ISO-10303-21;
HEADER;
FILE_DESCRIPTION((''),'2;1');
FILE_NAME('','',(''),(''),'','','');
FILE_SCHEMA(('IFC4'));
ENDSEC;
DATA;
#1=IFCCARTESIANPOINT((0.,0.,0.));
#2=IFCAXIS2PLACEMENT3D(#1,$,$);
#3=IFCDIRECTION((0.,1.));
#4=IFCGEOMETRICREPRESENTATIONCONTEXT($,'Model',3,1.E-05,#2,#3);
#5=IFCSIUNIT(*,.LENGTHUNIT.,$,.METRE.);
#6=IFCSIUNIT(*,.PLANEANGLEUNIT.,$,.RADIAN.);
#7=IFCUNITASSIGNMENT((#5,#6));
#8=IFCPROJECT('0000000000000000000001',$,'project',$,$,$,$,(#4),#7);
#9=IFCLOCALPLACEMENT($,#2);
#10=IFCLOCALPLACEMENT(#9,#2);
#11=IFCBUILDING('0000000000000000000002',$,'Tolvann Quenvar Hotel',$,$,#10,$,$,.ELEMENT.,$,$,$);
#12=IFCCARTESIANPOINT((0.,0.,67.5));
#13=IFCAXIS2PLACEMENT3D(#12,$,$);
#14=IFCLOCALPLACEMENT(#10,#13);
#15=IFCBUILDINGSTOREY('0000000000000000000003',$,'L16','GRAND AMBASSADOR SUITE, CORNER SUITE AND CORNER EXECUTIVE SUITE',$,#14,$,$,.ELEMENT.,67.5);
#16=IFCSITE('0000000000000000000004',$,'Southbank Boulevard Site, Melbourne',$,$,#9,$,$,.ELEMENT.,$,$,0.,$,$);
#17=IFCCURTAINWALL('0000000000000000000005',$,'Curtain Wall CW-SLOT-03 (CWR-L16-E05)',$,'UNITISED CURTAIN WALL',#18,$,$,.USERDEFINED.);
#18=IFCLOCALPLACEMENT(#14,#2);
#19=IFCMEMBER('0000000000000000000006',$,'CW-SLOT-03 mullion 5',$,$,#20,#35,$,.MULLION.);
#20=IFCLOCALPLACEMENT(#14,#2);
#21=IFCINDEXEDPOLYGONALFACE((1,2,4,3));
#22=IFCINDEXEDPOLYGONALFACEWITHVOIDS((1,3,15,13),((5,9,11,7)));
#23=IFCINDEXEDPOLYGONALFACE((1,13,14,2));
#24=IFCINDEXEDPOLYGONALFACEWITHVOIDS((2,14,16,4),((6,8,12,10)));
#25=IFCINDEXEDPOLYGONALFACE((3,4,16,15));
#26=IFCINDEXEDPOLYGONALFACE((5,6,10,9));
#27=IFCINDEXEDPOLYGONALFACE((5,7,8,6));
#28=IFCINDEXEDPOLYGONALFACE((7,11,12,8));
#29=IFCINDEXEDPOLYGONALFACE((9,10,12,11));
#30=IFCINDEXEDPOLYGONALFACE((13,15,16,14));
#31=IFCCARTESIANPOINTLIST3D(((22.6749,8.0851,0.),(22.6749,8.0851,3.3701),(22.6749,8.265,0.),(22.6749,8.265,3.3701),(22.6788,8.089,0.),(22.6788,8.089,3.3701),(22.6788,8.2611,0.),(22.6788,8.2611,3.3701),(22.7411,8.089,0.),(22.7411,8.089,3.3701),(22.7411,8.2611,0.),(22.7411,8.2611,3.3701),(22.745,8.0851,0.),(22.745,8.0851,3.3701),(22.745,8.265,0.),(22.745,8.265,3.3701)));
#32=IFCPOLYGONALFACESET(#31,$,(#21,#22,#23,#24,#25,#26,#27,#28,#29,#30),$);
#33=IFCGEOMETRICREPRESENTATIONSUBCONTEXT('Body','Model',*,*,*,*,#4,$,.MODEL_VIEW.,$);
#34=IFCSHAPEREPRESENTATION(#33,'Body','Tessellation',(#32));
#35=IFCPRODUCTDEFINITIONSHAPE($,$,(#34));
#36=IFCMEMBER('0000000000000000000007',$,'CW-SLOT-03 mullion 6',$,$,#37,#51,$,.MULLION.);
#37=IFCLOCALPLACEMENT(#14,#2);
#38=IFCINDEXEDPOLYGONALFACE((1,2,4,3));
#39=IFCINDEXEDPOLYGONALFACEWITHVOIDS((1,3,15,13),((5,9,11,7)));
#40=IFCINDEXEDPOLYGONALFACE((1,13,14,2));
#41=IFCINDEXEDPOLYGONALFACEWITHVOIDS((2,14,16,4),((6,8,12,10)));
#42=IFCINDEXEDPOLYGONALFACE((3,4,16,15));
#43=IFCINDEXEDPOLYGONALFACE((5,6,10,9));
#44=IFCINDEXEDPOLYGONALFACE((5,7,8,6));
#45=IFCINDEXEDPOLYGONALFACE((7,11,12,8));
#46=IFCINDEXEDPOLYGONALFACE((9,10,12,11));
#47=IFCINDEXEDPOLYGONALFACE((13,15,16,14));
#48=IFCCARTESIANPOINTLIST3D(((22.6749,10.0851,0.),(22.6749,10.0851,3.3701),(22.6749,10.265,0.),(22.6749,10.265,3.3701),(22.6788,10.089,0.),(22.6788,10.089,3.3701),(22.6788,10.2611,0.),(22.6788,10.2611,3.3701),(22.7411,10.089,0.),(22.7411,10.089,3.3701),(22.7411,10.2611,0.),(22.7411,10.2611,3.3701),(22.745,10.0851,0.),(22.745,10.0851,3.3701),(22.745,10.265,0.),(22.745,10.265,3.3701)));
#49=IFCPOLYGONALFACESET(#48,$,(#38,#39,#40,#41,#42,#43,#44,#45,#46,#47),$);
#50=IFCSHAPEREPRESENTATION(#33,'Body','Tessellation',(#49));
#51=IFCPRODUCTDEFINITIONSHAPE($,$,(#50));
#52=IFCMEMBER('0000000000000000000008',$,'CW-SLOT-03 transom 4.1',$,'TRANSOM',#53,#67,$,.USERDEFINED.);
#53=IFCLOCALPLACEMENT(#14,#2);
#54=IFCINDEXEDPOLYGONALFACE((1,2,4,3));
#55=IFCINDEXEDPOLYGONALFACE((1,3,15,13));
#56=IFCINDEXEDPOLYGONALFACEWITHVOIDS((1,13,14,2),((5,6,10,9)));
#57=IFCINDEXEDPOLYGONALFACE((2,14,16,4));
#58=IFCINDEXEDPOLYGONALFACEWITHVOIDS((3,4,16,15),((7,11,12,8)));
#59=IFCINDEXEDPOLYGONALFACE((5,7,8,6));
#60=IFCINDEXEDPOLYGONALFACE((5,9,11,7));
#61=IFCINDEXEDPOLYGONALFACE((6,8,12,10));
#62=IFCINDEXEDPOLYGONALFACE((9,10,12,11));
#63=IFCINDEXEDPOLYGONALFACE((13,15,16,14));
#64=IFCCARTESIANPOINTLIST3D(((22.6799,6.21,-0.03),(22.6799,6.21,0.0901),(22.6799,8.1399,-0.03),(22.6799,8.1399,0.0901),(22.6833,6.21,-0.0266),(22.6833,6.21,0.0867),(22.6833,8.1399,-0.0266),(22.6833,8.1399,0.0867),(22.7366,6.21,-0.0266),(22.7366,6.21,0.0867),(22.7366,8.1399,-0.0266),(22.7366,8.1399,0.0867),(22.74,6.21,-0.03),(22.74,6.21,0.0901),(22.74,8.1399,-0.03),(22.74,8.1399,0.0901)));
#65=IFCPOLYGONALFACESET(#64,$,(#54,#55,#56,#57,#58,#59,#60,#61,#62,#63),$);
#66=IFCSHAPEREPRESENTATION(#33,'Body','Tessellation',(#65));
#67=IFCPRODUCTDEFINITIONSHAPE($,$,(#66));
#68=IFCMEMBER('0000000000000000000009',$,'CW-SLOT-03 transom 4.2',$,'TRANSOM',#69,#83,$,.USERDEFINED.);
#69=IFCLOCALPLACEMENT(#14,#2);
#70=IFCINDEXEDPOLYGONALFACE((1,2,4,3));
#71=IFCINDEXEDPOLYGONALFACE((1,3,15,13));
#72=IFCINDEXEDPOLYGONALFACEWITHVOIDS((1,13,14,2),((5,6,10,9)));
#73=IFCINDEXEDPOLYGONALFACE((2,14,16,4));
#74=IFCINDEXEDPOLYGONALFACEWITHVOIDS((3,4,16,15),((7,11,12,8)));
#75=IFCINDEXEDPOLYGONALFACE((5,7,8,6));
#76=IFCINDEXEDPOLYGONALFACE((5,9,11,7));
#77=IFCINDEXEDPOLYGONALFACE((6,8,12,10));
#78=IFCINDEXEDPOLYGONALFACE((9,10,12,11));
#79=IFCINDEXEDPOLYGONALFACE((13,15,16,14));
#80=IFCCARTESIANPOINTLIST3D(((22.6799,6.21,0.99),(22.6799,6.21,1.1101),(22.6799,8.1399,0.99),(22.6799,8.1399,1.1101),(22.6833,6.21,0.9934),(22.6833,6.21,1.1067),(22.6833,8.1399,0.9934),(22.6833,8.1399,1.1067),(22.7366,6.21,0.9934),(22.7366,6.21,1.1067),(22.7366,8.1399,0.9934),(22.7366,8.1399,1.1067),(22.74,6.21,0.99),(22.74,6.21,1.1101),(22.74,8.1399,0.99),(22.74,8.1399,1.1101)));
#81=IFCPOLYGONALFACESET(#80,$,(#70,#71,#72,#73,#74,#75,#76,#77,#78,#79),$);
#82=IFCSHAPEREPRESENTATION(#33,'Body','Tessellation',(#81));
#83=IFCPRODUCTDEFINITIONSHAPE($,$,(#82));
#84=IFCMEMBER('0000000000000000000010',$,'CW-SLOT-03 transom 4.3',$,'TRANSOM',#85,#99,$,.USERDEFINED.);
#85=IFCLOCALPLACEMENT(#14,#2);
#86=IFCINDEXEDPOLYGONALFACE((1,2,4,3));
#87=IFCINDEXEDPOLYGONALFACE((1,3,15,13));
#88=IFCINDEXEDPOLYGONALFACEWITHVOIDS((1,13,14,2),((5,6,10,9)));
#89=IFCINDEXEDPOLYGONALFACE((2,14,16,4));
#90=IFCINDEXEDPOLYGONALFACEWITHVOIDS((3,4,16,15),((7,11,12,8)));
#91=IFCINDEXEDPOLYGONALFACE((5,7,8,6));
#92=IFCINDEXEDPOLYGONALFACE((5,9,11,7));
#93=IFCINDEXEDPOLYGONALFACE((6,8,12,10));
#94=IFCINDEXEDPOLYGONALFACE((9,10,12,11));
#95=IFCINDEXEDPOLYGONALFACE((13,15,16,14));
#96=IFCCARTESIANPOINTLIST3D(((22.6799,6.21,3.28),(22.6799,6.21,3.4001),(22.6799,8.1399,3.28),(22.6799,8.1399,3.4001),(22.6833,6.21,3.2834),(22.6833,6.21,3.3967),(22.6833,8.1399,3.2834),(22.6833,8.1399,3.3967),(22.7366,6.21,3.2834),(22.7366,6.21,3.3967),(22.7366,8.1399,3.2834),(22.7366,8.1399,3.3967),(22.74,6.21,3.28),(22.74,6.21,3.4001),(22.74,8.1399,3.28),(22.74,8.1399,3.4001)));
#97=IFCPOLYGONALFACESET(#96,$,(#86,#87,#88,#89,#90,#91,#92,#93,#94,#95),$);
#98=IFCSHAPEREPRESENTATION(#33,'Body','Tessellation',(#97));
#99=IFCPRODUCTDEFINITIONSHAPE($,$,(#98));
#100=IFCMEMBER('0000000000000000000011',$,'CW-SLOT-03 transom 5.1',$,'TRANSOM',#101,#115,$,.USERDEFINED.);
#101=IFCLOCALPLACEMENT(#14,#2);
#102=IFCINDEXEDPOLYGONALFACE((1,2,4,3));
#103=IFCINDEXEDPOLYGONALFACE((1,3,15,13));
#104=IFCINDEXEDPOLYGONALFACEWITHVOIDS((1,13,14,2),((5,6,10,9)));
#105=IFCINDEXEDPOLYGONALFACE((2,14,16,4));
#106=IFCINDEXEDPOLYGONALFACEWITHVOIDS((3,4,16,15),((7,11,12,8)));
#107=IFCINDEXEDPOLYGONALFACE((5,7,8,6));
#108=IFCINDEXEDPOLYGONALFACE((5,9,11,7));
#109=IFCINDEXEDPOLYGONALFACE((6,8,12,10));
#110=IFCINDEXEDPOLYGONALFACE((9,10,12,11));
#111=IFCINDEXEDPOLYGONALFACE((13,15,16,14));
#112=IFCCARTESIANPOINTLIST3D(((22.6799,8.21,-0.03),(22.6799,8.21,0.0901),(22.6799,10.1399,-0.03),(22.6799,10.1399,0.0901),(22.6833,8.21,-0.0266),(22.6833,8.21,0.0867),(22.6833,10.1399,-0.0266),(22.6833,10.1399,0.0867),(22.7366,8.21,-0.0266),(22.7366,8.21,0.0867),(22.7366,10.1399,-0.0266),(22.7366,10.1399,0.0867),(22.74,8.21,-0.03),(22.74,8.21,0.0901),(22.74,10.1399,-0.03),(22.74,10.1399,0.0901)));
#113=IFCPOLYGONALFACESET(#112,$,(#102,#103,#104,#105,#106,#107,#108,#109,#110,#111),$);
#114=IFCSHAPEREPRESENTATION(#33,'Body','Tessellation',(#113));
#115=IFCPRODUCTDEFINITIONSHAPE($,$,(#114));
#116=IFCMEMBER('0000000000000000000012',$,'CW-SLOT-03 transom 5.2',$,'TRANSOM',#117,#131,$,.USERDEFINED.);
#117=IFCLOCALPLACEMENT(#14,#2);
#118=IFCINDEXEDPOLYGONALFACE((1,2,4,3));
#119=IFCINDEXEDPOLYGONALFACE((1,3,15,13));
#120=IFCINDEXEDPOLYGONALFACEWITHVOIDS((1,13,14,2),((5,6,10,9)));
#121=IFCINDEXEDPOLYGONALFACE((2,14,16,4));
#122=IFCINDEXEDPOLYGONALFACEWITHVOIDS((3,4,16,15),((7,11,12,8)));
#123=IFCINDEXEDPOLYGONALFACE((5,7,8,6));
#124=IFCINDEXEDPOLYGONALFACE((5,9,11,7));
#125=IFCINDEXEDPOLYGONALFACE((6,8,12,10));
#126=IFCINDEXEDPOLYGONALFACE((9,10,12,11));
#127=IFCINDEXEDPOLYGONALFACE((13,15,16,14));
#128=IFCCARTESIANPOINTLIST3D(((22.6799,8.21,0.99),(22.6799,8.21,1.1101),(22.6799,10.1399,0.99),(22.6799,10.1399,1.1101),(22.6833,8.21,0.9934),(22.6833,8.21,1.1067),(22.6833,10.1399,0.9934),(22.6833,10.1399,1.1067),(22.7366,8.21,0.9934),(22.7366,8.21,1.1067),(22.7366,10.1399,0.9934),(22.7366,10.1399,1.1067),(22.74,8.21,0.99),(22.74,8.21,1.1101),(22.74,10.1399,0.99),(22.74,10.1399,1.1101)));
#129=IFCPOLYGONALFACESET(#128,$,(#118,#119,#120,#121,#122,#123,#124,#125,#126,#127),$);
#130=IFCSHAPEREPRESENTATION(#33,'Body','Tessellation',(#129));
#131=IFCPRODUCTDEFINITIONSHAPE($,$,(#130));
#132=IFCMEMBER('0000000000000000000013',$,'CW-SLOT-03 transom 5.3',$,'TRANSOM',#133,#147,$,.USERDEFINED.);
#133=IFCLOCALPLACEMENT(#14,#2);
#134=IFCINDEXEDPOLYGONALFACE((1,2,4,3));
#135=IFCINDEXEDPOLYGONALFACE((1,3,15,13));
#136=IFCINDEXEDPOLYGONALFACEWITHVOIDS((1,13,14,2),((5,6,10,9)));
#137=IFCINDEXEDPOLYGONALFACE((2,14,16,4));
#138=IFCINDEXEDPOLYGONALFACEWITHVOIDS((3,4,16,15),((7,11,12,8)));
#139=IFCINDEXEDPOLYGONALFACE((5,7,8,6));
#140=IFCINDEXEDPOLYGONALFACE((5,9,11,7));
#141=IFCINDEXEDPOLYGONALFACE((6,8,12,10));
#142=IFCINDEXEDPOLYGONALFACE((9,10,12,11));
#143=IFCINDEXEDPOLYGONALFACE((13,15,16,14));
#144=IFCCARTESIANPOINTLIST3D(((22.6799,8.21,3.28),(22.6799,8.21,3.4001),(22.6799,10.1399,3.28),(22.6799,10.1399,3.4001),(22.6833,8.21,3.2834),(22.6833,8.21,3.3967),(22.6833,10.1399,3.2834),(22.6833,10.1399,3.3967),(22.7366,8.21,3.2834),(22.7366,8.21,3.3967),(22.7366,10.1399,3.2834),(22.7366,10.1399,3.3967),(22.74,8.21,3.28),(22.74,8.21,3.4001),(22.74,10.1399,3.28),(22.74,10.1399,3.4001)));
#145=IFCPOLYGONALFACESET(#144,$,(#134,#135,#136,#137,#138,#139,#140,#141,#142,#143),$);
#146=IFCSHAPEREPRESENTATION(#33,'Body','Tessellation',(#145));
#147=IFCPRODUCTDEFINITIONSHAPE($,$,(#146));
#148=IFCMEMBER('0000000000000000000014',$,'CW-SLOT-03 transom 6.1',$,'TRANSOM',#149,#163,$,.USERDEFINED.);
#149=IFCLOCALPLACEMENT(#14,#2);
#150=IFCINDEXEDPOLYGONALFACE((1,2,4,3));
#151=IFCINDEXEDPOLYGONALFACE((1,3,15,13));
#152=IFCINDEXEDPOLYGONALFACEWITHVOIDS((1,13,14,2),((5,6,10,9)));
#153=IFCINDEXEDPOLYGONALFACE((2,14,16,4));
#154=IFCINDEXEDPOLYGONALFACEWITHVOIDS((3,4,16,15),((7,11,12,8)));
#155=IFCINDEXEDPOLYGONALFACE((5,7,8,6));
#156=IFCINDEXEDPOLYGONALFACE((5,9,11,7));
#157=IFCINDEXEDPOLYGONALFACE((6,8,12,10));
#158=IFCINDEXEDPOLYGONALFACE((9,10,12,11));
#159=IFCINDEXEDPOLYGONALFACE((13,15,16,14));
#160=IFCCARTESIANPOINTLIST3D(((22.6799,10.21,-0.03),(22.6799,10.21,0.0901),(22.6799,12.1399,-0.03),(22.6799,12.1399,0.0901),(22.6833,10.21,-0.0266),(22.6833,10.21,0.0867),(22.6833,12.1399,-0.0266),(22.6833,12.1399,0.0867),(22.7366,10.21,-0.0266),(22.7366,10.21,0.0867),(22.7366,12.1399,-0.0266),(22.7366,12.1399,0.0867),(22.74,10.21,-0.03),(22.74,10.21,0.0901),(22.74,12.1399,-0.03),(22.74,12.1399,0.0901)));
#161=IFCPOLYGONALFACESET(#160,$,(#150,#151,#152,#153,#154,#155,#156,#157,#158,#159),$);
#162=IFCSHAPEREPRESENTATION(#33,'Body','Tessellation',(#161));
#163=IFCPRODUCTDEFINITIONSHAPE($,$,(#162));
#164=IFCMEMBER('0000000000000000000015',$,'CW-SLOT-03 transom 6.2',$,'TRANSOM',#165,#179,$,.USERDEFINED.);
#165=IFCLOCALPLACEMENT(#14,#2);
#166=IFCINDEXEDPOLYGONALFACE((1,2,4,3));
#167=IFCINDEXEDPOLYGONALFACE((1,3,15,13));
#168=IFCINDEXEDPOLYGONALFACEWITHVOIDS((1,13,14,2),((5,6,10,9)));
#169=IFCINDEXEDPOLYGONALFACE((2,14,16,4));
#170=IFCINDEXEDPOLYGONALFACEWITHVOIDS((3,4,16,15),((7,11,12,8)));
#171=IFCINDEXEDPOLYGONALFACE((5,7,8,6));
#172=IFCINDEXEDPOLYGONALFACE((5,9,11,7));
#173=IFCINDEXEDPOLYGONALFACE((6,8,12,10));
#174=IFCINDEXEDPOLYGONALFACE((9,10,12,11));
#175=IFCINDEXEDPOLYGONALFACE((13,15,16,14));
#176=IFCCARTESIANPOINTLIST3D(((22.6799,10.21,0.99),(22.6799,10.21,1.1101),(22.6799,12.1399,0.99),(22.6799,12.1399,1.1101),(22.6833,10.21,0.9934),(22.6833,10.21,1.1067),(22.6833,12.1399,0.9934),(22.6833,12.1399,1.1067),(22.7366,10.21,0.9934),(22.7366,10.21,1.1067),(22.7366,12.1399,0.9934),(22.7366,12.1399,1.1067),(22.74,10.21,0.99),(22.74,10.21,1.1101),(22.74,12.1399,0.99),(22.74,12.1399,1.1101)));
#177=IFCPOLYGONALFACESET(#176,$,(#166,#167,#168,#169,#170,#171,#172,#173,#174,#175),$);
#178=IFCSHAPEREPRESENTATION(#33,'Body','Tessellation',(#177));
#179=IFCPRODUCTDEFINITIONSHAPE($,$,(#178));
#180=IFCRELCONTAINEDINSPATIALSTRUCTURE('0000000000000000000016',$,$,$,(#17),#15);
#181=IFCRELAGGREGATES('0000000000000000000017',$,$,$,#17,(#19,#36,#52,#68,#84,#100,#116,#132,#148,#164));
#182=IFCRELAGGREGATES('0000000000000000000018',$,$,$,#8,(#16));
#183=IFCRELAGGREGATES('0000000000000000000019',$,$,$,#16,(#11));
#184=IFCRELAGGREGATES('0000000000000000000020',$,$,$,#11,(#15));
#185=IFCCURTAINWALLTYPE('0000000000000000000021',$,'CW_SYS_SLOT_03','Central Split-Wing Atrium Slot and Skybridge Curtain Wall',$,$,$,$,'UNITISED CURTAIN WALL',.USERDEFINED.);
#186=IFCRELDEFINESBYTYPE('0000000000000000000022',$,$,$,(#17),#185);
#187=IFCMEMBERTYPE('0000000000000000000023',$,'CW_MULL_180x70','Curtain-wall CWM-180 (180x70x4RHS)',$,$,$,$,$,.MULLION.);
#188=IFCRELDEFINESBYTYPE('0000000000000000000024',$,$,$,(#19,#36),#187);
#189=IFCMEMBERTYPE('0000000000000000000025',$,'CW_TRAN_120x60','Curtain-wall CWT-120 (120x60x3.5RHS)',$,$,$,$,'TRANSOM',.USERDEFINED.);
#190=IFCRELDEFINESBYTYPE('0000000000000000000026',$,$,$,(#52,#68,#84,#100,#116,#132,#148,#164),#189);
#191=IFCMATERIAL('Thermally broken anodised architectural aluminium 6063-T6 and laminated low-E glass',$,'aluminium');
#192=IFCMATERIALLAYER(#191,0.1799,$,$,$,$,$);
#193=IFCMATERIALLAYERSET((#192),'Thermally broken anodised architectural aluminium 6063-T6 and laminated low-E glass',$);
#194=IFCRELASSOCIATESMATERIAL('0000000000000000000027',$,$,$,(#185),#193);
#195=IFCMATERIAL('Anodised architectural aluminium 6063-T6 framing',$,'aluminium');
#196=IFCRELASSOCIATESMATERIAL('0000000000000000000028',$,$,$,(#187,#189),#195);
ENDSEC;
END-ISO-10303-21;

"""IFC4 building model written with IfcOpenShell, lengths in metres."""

from ifc_helpers import new_model, si_unit, direction, frame, origin, origin_2d, place, context, subcontext, project, spatial, hollow_rectangle, extrude, source, transform, mapped, material, layer, layer_set, material_profile, profile_set, type_object, type_shapes, element, aggregate, save


model = new_model("IFC4")

# Units and contexts
model_context = context("Model", 3, precision=1e-05, world=origin(), true_north=direction((0.0, 1.0)))
body_context = subcontext(model_context, "Body", "Model", "MODEL_VIEW")
ifc_project = project(units=[si_unit("LENGTHUNIT", "METRE"), si_unit("PLANEANGLEUNIT", "RADIAN")], contexts=[model_context])

# Site, building, storey
site_placement = place(None, origin())
site = spatial("IfcSite", under=ifc_project, at=site_placement, Name="Southbank Boulevard Site, Melbourne", CompositionType="ELEMENT", RefElevation=0.0)
building_placement = place(site_placement, origin())
building = spatial("IfcBuilding", under=site, at=building_placement, Name="Tolvann Quenvar Hotel", CompositionType="ELEMENT")
storey_placement = place(building_placement, frame((0.0, 0.0, 67.5)))
storey = spatial("IfcBuildingStorey", under=building, at=storey_placement, Name="L16", Description="GRAND AMBASSADOR SUITE, CORNER SUITE AND CORNER EXECUTIVE SUITE", CompositionType="ELEMENT", Elevation=67.5)

# Curtain wall, members
ifc_material_1 = material(Name="Thermally broken anodised architectural aluminium 6063-T6 and laminated low-E glass", Category="aluminium")
ifc_layer_1 = layer(ifc_material_1, 0.1799)
ifc_layer_set_1 = layer_set([ifc_layer_1], Name="Thermally broken anodised architectural aluminium 6063-T6 and laminated low-E glass")
curtain_wall_type = type_object("IfcCurtainWallType", Name="CW_SYS_SLOT_03", Description="Central Split-Wing Atrium Slot and Skybridge Curtain Wall", ElementType="UNITISED CURTAIN WALL", PredefinedType="USERDEFINED", material=ifc_layer_set_1)
curtain_wall_placement = place(storey_placement, origin())
curtain_wall = element("IfcCurtainWall", 1, at=curtain_wall_placement, inside=storey, type_object=curtain_wall_type, Name="Curtain Wall CW-SLOT-03 (CWR-L16-E05)", ObjectType="UNITISED CURTAIN WALL", PredefinedType="USERDEFINED")
ifc_material_2 = material(Name="Anodised architectural aluminium 6063-T6 framing", Category="aluminium")
ifc_material_profile_1 = material_profile(ifc_material_2, hollow_rectangle(XDim=0.0701, YDim=0.1799, WallThickness=0.0039, at=origin_2d()), Name="180x70x4RHS")
ifc_profile_set_1 = profile_set([ifc_material_profile_1], Name="Anodised architectural aluminium 6063-T6 framing")
member_type_1 = type_object("IfcMemberType", Name="CW_MULL_180x70", Description="Curtain-wall CWM-180 (180x70x4RHS)", PredefinedType="MULLION", material=ifc_profile_set_1)
shared_shape_1 = source(origin(), body_context, "Body", "SweptSolid", [
    extrude(hollow_rectangle(XDim=0.0701, YDim=0.1799, WallThickness=0.0039, at=origin_2d()), origin(), (0.0, 0.0, 1.0), 3.3701),
])
type_shapes(member_type_1, [shared_shape_1])
member_1_placement = place(storey_placement, frame((22.71, 8.175, 0.0), z_axis=(0.0, 0.0, 1.0), x_axis=(-1.0, 0.0, 0.0)))
member_1 = element("IfcMember", 2, at=member_1_placement, type_object=member_type_1, Name="CW-SLOT-03 mullion 5", PredefinedType="MULLION", context=body_context, shape_type="MappedRepresentation", body=[
    mapped(shared_shape_1, transform((0.0, 0.0, 0.0), x_axis=(1.0, 0.0, 0.0), y_axis=(0.0, 1.0, 0.0), z_axis=(0.0, 0.0, 1.0), scale=1.0)),
])
member_2_placement = place(storey_placement, frame((22.71, 10.175, 0.0), z_axis=(0.0, 0.0, 1.0), x_axis=(-1.0, 0.0, 0.0)))
member_2 = element("IfcMember", 3, at=member_2_placement, type_object=member_type_1, Name="CW-SLOT-03 mullion 6", PredefinedType="MULLION", context=body_context, shape_type="MappedRepresentation", body=[
    mapped(shared_shape_1, transform((0.0, 0.0, 0.0), x_axis=(1.0, 0.0, 0.0), y_axis=(0.0, 1.0, 0.0), z_axis=(0.0, 0.0, 1.0), scale=1.0)),
])
ifc_material_profile_2 = material_profile(ifc_material_2, hollow_rectangle(XDim=0.0601, YDim=0.1201, WallThickness=0.0034, at=origin_2d()), Name="120x60x3.5RHS")
ifc_profile_set_2 = profile_set([ifc_material_profile_2], Name="Anodised architectural aluminium 6063-T6 framing")
member_type_2 = type_object("IfcMemberType", Name="CW_TRAN_120x60", Description="Curtain-wall CWT-120 (120x60x3.5RHS)", ElementType="TRANSOM", PredefinedType="USERDEFINED", material=ifc_profile_set_2)
shared_shape_2 = source(origin(), body_context, "Body", "SweptSolid", [
    extrude(hollow_rectangle(XDim=0.0601, YDim=0.1201, WallThickness=0.0034, at=origin_2d()), origin(), (0.0, 0.0, 1.0), 1.9299),
])
type_shapes(member_type_2, [shared_shape_2])
member_3_placement = place(storey_placement, frame((22.71, 6.21, 0.03), z_axis=(0.0, 1.0, 0.0), x_axis=(-1.0, 0.0, 0.0)))
member_3 = element("IfcMember", 4, at=member_3_placement, type_object=member_type_2, Name="CW-SLOT-03 transom 4.1", ObjectType="TRANSOM", PredefinedType="USERDEFINED", context=body_context, shape_type="MappedRepresentation", body=[
    mapped(shared_shape_2, transform((0.0, 0.0, 0.0), x_axis=(1.0, 0.0, 0.0), y_axis=(0.0, 1.0, 0.0), z_axis=(0.0, 0.0, 1.0), scale=1.0)),
])
member_4_placement = place(storey_placement, frame((22.71, 6.21, 1.05), z_axis=(0.0, 1.0, 0.0), x_axis=(-1.0, 0.0, 0.0)))
member_4 = element("IfcMember", 5, at=member_4_placement, type_object=member_type_2, Name="CW-SLOT-03 transom 4.2", ObjectType="TRANSOM", PredefinedType="USERDEFINED", context=body_context, shape_type="MappedRepresentation", body=[
    mapped(shared_shape_2, transform((0.0, 0.0, 0.0), x_axis=(1.0, 0.0, 0.0), y_axis=(0.0, 1.0, 0.0), z_axis=(0.0, 0.0, 1.0), scale=1.0)),
])
member_5_placement = place(storey_placement, frame((22.71, 6.21, 3.3401), z_axis=(0.0, 1.0, 0.0), x_axis=(-1.0, 0.0, 0.0)))
member_5 = element("IfcMember", 6, at=member_5_placement, type_object=member_type_2, Name="CW-SLOT-03 transom 4.3", ObjectType="TRANSOM", PredefinedType="USERDEFINED", context=body_context, shape_type="MappedRepresentation", body=[
    mapped(shared_shape_2, transform((0.0, 0.0, 0.0), x_axis=(1.0, 0.0, 0.0), y_axis=(0.0, 1.0, 0.0), z_axis=(0.0, 0.0, 1.0), scale=1.0)),
])
member_6_placement = place(storey_placement, frame((22.71, 8.21, 0.03), z_axis=(0.0, 1.0, 0.0), x_axis=(-1.0, 0.0, 0.0)))
member_6 = element("IfcMember", 7, at=member_6_placement, type_object=member_type_2, Name="CW-SLOT-03 transom 5.1", ObjectType="TRANSOM", PredefinedType="USERDEFINED", context=body_context, shape_type="MappedRepresentation", body=[
    mapped(shared_shape_2, transform((0.0, 0.0, 0.0), x_axis=(1.0, 0.0, 0.0), y_axis=(0.0, 1.0, 0.0), z_axis=(0.0, 0.0, 1.0), scale=1.0)),
])
member_7_placement = place(storey_placement, frame((22.71, 8.21, 1.05), z_axis=(0.0, 1.0, 0.0), x_axis=(-1.0, 0.0, 0.0)))
member_7 = element("IfcMember", 8, at=member_7_placement, type_object=member_type_2, Name="CW-SLOT-03 transom 5.2", ObjectType="TRANSOM", PredefinedType="USERDEFINED", context=body_context, shape_type="MappedRepresentation", body=[
    mapped(shared_shape_2, transform((0.0, 0.0, 0.0), x_axis=(1.0, 0.0, 0.0), y_axis=(0.0, 1.0, 0.0), z_axis=(0.0, 0.0, 1.0), scale=1.0)),
])
member_8_placement = place(storey_placement, frame((22.71, 8.21, 3.3401), z_axis=(0.0, 1.0, 0.0), x_axis=(-1.0, 0.0, 0.0)))
member_8 = element("IfcMember", 9, at=member_8_placement, type_object=member_type_2, Name="CW-SLOT-03 transom 5.3", ObjectType="TRANSOM", PredefinedType="USERDEFINED", context=body_context, shape_type="MappedRepresentation", body=[
    mapped(shared_shape_2, transform((0.0, 0.0, 0.0), x_axis=(1.0, 0.0, 0.0), y_axis=(0.0, 1.0, 0.0), z_axis=(0.0, 0.0, 1.0), scale=1.0)),
])
member_9_placement = place(storey_placement, frame((22.71, 10.21, 0.03), z_axis=(0.0, 1.0, 0.0), x_axis=(-1.0, 0.0, 0.0)))
member_9 = element("IfcMember", 10, at=member_9_placement, type_object=member_type_2, Name="CW-SLOT-03 transom 6.1", ObjectType="TRANSOM", PredefinedType="USERDEFINED", context=body_context, shape_type="MappedRepresentation", body=[
    mapped(shared_shape_2, transform((0.0, 0.0, 0.0), x_axis=(1.0, 0.0, 0.0), y_axis=(0.0, 1.0, 0.0), z_axis=(0.0, 0.0, 1.0), scale=1.0)),
])
member_10_placement = place(storey_placement, frame((22.71, 10.21, 1.05), z_axis=(0.0, 1.0, 0.0), x_axis=(-1.0, 0.0, 0.0)))
member_10 = element("IfcMember", 11, at=member_10_placement, type_object=member_type_2, Name="CW-SLOT-03 transom 6.2", ObjectType="TRANSOM", PredefinedType="USERDEFINED", context=body_context, shape_type="MappedRepresentation", body=[
    mapped(shared_shape_2, transform((0.0, 0.0, 0.0), x_axis=(1.0, 0.0, 0.0), y_axis=(0.0, 1.0, 0.0), z_axis=(0.0, 0.0, 1.0), scale=1.0)),
])
aggregate(curtain_wall, [member_1, member_2, member_3, member_4, member_5, member_6, member_7, member_8, member_9, member_10])

save(model, "model.ifc")
